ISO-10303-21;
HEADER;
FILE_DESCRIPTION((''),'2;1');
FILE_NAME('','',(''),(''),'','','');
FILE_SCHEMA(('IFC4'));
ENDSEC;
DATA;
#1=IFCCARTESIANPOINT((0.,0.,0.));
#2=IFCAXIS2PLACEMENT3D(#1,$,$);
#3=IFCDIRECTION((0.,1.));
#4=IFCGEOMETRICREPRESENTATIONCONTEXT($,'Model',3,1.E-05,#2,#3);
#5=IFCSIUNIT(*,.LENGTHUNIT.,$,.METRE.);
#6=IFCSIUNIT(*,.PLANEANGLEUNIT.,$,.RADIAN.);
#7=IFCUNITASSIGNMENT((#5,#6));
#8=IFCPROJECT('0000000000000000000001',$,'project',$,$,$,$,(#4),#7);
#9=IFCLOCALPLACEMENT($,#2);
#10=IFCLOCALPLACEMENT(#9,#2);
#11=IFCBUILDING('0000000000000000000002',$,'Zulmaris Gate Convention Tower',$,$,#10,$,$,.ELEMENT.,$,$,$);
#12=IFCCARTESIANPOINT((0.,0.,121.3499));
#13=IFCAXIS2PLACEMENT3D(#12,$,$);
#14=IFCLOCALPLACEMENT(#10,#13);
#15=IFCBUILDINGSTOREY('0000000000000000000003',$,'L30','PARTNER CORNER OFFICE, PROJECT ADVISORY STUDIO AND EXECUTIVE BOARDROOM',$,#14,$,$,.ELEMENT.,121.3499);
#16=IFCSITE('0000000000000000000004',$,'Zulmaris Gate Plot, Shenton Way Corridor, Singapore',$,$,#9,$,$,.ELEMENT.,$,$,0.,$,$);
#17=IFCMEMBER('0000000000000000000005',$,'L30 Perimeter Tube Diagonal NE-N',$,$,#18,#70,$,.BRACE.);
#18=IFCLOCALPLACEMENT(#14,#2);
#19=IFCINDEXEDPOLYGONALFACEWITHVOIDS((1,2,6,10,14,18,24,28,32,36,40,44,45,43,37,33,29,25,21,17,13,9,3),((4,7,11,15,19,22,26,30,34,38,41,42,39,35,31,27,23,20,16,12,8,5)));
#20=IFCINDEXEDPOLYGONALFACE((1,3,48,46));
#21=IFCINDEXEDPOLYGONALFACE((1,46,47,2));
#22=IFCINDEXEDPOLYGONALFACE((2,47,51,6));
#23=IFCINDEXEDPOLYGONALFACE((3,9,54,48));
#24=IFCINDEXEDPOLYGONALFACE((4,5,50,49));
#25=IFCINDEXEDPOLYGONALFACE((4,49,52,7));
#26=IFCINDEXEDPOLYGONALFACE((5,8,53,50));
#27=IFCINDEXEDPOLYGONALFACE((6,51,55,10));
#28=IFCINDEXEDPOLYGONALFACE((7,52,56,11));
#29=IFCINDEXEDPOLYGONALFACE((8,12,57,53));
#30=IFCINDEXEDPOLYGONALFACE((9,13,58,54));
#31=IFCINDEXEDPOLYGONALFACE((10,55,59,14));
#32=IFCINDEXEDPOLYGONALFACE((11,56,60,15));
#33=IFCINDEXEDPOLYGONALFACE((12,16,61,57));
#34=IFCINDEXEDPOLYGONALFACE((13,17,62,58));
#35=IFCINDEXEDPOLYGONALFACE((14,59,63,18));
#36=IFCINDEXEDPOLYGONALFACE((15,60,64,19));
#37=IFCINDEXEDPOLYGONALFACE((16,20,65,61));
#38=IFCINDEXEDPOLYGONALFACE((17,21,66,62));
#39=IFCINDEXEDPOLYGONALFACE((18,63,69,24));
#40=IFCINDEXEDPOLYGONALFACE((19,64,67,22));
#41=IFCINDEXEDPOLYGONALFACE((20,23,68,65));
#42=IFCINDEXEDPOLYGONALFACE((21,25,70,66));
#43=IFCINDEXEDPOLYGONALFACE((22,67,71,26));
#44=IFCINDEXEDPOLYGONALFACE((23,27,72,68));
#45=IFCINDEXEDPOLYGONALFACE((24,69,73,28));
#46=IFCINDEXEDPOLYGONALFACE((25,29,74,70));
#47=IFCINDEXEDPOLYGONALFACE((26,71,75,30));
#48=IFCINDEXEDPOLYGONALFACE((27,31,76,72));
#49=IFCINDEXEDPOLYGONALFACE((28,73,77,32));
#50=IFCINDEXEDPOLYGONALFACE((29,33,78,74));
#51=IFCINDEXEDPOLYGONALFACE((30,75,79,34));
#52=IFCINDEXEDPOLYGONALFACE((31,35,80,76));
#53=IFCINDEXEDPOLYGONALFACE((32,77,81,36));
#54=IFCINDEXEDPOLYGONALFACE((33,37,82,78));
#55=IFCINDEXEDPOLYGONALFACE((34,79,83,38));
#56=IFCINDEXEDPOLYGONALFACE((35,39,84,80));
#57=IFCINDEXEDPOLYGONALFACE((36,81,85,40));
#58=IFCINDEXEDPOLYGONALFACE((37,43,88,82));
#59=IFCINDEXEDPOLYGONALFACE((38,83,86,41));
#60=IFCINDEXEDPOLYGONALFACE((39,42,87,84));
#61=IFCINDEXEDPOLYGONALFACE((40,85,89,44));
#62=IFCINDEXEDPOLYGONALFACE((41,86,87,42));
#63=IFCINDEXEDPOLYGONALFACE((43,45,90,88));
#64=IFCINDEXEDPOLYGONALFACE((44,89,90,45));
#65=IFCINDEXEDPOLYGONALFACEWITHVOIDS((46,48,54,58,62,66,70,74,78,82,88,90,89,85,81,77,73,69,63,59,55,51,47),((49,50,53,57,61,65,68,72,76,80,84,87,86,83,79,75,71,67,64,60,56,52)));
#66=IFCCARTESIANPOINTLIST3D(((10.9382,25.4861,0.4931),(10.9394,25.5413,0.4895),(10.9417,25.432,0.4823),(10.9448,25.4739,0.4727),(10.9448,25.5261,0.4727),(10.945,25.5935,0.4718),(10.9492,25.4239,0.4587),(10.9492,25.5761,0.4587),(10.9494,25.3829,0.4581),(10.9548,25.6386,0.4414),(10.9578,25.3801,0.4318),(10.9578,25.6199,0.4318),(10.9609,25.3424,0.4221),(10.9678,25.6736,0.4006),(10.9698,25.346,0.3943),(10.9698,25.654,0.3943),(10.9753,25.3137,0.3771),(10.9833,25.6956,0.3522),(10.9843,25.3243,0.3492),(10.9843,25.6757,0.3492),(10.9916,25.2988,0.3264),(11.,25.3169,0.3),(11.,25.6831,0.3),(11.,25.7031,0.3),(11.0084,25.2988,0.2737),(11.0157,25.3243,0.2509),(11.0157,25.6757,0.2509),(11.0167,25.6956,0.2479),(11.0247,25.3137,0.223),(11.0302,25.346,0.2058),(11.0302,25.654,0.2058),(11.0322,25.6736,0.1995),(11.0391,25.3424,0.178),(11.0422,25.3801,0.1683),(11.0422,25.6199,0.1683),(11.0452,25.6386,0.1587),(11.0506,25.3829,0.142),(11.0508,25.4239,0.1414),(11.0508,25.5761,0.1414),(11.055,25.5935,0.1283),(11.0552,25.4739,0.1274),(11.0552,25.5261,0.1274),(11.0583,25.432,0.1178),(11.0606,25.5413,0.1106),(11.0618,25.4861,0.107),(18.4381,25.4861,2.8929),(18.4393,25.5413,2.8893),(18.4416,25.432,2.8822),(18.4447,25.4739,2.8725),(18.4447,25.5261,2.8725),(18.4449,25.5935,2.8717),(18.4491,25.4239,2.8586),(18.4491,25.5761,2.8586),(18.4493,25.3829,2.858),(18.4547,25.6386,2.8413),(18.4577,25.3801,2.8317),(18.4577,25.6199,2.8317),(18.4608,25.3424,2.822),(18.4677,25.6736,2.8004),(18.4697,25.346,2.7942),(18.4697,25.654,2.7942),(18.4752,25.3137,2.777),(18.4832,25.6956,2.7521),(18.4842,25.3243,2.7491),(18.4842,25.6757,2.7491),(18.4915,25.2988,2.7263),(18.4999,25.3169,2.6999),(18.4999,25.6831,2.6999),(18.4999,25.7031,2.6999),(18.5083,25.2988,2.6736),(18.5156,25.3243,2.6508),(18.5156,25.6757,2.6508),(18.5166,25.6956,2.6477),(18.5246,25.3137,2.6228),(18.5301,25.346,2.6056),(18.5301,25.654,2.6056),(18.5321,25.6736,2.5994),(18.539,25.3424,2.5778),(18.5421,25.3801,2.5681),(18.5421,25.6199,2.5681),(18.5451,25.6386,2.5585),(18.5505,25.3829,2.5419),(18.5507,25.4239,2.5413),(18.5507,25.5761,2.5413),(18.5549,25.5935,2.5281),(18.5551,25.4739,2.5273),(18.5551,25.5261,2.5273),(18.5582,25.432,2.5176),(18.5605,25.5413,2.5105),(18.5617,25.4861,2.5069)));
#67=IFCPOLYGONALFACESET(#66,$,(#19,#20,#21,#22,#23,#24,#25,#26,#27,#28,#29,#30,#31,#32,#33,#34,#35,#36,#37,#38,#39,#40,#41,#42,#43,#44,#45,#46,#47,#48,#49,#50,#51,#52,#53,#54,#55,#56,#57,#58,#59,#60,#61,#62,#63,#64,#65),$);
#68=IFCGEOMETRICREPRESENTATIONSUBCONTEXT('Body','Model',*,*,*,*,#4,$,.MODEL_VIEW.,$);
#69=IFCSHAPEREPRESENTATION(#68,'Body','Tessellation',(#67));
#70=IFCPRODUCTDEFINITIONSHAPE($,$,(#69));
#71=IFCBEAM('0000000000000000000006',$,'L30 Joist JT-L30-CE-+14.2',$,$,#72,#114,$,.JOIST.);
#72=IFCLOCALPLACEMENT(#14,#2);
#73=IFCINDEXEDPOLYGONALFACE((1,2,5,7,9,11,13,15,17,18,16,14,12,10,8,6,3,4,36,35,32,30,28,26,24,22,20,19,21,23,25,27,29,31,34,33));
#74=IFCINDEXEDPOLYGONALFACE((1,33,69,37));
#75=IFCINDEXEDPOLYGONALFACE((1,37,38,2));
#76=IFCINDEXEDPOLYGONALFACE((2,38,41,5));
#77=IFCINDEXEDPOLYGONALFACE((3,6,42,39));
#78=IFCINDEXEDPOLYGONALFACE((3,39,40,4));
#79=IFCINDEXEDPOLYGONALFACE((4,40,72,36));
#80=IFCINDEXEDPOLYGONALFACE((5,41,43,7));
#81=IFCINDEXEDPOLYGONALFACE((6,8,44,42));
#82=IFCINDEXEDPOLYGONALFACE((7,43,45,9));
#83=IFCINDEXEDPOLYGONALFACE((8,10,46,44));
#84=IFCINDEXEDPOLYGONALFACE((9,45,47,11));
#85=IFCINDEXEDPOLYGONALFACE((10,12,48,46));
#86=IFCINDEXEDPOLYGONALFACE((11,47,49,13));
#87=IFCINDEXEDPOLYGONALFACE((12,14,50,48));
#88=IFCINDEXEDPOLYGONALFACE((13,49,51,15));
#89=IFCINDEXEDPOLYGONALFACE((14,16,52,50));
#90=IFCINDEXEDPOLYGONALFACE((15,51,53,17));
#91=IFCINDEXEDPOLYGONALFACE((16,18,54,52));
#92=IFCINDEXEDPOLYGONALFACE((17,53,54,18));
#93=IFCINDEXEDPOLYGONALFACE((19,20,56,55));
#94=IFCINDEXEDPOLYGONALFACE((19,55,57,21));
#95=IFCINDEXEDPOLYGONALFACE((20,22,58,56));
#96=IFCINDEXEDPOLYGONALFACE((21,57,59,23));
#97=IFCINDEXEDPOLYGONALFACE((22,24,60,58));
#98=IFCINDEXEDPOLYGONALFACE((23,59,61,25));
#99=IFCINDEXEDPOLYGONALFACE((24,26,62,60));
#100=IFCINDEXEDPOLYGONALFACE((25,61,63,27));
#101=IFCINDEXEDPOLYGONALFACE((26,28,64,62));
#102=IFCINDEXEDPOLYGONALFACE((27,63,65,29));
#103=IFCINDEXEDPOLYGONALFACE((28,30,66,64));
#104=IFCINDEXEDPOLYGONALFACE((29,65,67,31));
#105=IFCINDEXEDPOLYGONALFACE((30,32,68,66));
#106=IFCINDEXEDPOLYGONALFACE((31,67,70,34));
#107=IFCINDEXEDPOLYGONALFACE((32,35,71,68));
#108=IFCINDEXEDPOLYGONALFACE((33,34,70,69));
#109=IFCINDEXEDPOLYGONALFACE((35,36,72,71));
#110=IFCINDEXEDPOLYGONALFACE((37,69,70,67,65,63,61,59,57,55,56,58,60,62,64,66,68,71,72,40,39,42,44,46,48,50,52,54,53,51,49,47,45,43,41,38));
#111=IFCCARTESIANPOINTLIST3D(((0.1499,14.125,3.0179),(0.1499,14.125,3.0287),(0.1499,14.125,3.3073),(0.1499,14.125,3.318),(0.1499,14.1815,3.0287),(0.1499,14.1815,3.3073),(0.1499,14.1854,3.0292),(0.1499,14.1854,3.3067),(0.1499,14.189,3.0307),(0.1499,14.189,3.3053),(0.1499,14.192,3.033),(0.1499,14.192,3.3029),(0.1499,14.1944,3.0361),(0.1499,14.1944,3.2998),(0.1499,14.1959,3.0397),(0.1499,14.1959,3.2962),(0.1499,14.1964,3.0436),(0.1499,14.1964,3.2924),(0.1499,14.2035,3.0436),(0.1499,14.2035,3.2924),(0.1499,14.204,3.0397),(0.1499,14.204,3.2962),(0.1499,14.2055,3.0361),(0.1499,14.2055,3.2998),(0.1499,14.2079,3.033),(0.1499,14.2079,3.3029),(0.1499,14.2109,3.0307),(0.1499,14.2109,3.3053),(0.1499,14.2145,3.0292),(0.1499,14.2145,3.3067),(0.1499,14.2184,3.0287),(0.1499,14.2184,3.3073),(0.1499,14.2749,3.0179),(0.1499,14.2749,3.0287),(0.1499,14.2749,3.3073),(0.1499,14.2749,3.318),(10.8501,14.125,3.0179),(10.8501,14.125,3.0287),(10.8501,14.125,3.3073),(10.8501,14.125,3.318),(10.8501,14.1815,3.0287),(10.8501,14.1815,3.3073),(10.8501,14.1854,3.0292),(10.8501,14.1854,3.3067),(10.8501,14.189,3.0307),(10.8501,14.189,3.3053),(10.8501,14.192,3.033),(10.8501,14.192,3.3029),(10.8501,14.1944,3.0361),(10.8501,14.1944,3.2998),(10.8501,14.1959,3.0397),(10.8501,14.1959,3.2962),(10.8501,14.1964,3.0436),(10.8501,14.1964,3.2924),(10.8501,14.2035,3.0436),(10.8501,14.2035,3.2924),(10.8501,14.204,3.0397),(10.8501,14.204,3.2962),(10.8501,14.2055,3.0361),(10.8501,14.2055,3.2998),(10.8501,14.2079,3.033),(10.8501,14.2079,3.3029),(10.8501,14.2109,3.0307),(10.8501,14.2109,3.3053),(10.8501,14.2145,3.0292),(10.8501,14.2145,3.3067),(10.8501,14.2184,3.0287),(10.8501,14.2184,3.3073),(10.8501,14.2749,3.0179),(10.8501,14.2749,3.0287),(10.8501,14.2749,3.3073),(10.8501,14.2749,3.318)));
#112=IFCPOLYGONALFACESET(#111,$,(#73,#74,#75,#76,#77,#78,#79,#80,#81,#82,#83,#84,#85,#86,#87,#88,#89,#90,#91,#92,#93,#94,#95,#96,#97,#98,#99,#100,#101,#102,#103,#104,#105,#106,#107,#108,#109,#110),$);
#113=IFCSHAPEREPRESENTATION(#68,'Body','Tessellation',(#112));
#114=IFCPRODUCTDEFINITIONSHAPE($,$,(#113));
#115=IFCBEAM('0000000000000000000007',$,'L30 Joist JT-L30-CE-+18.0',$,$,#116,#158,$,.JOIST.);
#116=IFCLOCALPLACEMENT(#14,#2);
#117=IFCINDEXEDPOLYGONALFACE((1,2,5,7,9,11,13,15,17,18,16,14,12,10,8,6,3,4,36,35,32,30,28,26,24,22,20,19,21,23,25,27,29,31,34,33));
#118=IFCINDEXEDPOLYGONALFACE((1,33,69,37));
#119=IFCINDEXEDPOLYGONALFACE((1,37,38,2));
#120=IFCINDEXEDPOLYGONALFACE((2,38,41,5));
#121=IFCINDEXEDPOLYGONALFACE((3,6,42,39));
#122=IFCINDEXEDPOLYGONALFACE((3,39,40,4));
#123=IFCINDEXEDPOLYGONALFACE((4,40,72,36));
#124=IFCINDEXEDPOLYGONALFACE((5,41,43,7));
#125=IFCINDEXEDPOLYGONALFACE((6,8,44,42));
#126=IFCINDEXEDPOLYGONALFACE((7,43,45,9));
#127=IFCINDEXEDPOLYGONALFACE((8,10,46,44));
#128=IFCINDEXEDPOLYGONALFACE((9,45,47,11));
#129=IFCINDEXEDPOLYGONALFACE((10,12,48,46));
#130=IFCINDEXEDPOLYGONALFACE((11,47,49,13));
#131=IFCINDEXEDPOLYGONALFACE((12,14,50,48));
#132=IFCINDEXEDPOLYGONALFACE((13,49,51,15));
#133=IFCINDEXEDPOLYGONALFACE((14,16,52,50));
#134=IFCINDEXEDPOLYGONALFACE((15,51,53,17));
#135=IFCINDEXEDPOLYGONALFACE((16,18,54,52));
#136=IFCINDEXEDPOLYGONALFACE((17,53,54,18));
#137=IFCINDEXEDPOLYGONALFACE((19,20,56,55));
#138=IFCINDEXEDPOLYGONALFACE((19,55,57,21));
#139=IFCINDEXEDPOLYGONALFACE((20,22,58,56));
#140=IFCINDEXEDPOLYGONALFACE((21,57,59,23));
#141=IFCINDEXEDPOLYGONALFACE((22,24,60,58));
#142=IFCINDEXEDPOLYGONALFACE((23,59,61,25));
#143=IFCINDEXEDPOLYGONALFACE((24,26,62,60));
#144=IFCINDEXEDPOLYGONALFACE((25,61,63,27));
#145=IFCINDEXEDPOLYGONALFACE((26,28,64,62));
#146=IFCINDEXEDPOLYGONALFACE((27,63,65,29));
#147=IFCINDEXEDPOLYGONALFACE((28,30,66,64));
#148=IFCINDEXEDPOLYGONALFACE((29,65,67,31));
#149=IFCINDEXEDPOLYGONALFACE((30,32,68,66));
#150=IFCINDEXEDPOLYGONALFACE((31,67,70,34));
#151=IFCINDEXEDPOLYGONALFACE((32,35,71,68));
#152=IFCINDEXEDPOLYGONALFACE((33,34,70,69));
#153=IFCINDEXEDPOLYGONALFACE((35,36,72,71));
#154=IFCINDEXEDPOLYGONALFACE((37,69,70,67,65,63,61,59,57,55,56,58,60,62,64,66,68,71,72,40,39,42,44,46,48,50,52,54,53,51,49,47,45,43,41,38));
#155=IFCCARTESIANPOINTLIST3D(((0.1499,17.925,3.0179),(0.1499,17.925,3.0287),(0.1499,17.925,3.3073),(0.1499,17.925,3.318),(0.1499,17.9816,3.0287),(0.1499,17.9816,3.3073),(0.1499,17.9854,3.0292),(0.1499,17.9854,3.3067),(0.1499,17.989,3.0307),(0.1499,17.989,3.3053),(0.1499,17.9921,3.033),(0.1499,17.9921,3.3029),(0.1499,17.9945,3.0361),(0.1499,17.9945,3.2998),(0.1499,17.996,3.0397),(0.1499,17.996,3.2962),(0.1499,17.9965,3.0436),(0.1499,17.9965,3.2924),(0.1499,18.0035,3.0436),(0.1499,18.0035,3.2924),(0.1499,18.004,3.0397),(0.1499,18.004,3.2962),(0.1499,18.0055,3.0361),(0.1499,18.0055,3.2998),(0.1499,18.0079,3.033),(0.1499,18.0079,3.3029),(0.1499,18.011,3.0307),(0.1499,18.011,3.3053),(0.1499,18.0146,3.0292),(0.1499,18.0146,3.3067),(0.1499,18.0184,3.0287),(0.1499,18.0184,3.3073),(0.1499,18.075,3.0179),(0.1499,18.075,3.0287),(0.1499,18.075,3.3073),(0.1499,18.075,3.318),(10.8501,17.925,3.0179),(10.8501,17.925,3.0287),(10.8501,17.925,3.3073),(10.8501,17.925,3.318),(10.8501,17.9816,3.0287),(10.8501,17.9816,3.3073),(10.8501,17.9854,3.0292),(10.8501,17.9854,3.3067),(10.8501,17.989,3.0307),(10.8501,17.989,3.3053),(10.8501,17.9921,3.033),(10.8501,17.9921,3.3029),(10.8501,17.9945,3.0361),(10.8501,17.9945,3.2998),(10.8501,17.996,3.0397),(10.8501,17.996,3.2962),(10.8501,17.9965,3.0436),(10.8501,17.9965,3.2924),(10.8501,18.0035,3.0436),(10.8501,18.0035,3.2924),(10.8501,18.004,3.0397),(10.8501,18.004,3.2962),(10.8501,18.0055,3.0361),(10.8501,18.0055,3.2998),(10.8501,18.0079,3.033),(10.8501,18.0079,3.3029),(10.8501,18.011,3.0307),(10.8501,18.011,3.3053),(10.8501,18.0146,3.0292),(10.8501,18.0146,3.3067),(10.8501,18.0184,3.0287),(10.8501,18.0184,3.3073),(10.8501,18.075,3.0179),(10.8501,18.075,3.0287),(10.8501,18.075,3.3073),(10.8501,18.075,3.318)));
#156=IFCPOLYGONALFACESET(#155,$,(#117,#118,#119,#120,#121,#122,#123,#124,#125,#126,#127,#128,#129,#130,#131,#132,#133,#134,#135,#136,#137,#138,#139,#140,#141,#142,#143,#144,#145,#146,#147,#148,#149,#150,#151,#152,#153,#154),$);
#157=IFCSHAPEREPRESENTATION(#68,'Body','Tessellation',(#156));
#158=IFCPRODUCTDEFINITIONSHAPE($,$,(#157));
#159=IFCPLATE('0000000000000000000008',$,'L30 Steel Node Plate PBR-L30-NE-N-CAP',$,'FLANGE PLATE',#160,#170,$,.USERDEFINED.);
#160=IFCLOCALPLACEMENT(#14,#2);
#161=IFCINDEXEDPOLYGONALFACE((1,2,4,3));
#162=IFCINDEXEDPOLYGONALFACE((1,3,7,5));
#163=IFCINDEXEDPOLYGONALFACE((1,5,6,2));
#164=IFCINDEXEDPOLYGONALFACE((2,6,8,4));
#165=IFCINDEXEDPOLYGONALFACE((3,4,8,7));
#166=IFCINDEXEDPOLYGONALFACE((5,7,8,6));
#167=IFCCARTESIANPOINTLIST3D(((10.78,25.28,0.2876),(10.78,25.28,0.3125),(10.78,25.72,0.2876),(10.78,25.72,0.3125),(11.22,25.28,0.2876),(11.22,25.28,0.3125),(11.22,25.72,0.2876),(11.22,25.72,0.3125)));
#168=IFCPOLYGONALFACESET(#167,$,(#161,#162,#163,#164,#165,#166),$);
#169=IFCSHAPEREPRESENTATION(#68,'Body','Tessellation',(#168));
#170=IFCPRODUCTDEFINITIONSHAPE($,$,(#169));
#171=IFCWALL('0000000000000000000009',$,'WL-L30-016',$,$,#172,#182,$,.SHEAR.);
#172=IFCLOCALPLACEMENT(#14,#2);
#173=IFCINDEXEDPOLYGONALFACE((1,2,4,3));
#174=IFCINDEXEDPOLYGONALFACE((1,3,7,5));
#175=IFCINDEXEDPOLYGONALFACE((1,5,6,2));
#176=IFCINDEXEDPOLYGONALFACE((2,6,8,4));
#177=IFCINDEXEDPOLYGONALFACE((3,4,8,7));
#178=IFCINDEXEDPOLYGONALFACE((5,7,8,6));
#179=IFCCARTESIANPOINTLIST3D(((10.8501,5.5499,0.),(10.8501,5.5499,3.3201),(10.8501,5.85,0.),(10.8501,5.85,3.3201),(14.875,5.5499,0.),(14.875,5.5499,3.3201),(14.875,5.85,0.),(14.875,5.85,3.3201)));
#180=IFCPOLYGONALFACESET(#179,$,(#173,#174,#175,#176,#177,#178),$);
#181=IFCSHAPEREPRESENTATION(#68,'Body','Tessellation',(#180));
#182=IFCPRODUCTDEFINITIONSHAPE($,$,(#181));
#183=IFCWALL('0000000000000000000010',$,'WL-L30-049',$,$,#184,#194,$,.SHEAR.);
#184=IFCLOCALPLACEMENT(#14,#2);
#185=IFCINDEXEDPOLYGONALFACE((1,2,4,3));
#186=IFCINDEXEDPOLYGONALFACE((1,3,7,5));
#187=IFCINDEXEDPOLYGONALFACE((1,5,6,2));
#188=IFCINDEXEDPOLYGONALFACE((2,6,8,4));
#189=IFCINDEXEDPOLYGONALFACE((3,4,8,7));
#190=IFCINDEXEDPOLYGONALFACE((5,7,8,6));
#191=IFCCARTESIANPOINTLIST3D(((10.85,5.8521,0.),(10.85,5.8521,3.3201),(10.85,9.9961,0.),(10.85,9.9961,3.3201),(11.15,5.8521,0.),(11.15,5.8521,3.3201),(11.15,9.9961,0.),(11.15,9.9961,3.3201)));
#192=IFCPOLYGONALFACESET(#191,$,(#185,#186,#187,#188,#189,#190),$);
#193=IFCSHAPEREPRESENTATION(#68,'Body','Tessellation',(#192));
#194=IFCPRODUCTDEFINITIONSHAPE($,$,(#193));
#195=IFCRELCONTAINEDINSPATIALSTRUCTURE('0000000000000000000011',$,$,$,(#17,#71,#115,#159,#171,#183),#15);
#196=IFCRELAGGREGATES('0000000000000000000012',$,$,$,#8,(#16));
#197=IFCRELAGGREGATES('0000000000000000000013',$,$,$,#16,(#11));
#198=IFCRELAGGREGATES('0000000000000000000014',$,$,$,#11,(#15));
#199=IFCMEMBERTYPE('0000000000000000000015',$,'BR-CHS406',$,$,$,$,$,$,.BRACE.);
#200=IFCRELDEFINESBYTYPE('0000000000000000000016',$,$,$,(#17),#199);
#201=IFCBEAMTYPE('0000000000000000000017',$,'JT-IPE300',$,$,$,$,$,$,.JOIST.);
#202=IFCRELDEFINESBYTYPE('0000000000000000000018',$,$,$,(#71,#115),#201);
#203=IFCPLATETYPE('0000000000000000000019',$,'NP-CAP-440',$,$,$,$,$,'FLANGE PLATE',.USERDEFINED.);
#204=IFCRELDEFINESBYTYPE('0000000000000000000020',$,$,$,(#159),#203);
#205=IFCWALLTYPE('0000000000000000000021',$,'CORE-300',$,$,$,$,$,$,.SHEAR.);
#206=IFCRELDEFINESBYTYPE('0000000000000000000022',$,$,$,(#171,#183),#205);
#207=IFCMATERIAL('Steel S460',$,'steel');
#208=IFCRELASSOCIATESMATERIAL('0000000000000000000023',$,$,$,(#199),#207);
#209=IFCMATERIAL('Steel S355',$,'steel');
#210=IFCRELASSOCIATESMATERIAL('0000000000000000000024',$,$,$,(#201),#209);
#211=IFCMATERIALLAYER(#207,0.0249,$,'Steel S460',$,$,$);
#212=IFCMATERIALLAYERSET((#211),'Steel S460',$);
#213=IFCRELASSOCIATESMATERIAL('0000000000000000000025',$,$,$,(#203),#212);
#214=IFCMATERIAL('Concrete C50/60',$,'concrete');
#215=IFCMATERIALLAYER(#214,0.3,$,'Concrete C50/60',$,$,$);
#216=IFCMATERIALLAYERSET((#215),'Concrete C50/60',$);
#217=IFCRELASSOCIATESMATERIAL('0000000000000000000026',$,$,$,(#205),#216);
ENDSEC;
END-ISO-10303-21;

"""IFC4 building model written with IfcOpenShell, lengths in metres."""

from ifc_helpers import new_model, si_unit, direction, frame, frame_2d, origin, origin_2d, place, context, subcontext, project, spatial, rectangle, hollow_circle, i_section, extrude, material, layer, layer_set, material_profile, profile_set, type_object, element, save


model = new_model("IFC4")

# Units and contexts
model_context = context("Model", 3, precision=1e-05, world=origin(), true_north=direction((0.0, 1.0)))
body_context = subcontext(model_context, "Body", "Model", "MODEL_VIEW")
ifc_project = project(units=[si_unit("LENGTHUNIT", "METRE"), si_unit("PLANEANGLEUNIT", "RADIAN")], contexts=[model_context])

# Site, building, storey
site_placement = place(None, origin())
site = spatial("IfcSite", under=ifc_project, at=site_placement, Name="Zulmaris Gate Plot, Shenton Way Corridor, Singapore", CompositionType="ELEMENT", RefElevation=0.0)
building_placement = place(site_placement, origin())
building = spatial("IfcBuilding", under=site, at=building_placement, Name="Zulmaris Gate Convention Tower", CompositionType="ELEMENT")
storey_placement = place(building_placement, frame((0.0, 0.0, 121.3499)))
storey = spatial("IfcBuildingStorey", under=building, at=storey_placement, Name="L30", Description="PARTNER CORNER OFFICE, PROJECT ADVISORY STUDIO AND EXECUTIVE BOARDROOM", CompositionType="ELEMENT", Elevation=121.3499)

# Shared definitions
ifc_material_1 = material(Name="Steel S355", Category="steel")

# Member
ifc_material_2 = material(Name="Steel S460", Category="steel")
ifc_material_profile_1 = material_profile(ifc_material_2, hollow_circle(Radius=0.2031, WallThickness=0.02, at=origin_2d()), Name="CHS 406.4x20")
ifc_profile_set_1 = profile_set([ifc_material_profile_1], Name="Steel S460")
member_type = type_object("IfcMemberType", Name="BR-CHS406", PredefinedType="BRACE", material=ifc_profile_set_1)
member_placement = place(storey_placement, frame((11.0, 25.5, 0.3), z_axis=(0.952428, 0.0, 0.304764), x_axis=(0.0, 1.0, 0.0)))
element("IfcMember", 1, at=member_placement, inside=storey, type_object=member_type, Name="L30 Perimeter Tube Diagonal NE-N", PredefinedType="BRACE", context=body_context, shape_type="SweptSolid", body=[
    extrude(hollow_circle(Radius=0.2031, WallThickness=0.02, at=origin_2d()), origin(), (0.0, 0.0, 1.0), 7.8745),
])

# Beams
ifc_material_profile_2 = material_profile(ifc_material_1, i_section(OverallWidth=0.1499, OverallDepth=0.3, WebThickness=0.0071, FlangeThickness=0.0107, FilletRadius=0.0149, at=origin_2d()), Name="IPE 300")
ifc_profile_set_2 = profile_set([ifc_material_profile_2], Name="Steel S355")
beam_type_1 = type_object("IfcBeamType", Name="JT-IPE300", PredefinedType="JOIST", material=ifc_profile_set_2)
for number, where, z_axis, x_axis, name in (
    (2, (0.1499, 14.2, 3.168), (1.0, 0.0, 0.0), (0.0, 1.0, 0.0), "L30 Joist JT-L30-CE-+14.2"),
    (3, (0.1499, 18.0, 3.168), (1.0, 0.0, 0.0), (0.0, 1.0, 0.0), "L30 Joist JT-L30-CE-+18.0"),
):
    element("IfcBeam", number, at=place(storey_placement, frame(where, z_axis=z_axis, x_axis=x_axis)), inside=storey, type_object=beam_type_1, Name=name, PredefinedType="JOIST", context=body_context, shape_type="SweptSolid", body=[
        extrude(i_section(OverallWidth=0.1499, OverallDepth=0.3, WebThickness=0.0071, FlangeThickness=0.0107, FilletRadius=0.0149, at=origin_2d()), origin(), (0.0, 0.0, 1.0), 10.7002),
    ])

# Plate
ifc_layer_1 = layer(ifc_material_2, 0.0249, Name="Steel S460")
ifc_layer_set_1 = layer_set([ifc_layer_1], Name="Steel S460")
plate_type = type_object("IfcPlateType", Name="NP-CAP-440", ElementType="FLANGE PLATE", PredefinedType="USERDEFINED", material=ifc_layer_set_1)
plate_placement = place(storey_placement, frame((11.0, 25.5, 0.2876), z_axis=(0.0, 0.0, 1.0), x_axis=(1.0, 0.0, 0.0)))
element("IfcPlate", 4, at=plate_placement, inside=storey, type_object=plate_type, Name="L30 Steel Node Plate PBR-L30-NE-N-CAP", ObjectType="FLANGE PLATE", PredefinedType="USERDEFINED", context=body_context, shape_type="SweptSolid", body=[
    extrude(rectangle(XDim=0.4399, YDim=0.4399, at=origin_2d()), origin(), (0.0, 0.0, 1.0), 0.0249),
])

# Wall
ifc_material_3 = material(Name="Concrete C50/60", Category="concrete")
ifc_layer_2 = layer(ifc_material_3, 0.3, Name="Concrete C50/60")
ifc_layer_set_2 = layer_set([ifc_layer_2], Name="Concrete C50/60")
wall_type_1 = type_object("IfcWallType", Name="CORE-300", PredefinedType="SHEAR", material=ifc_layer_set_2)
wall_1_placement = place(storey_placement, frame((10.8501, 5.7, 0.0), z_axis=(0.0, 0.0, 1.0), x_axis=(1.0, 0.0, 0.0)))
element("IfcWall", 5, at=wall_1_placement, inside=storey, type_object=wall_type_1, Name="WL-L30-016", PredefinedType="SHEAR", context=body_context, shape_type="SweptSolid", body=[
    extrude(rectangle(XDim=4.0249, YDim=0.3, at=frame_2d((2.0125, 0.0))), origin(), (0.0, 0.0, 1.0), 3.3201),
])

# Wall
wall_2_placement = place(storey_placement, frame((11.0, 5.8521, 0.0), z_axis=(0.0, 0.0, 1.0), x_axis=(0.0, 1.0, 0.0)))
element("IfcWall", 6, at=wall_2_placement, inside=storey, type_object=wall_type_1, Name="WL-L30-049", PredefinedType="SHEAR", context=body_context, shape_type="SweptSolid", body=[
    extrude(rectangle(XDim=4.144, YDim=0.3, at=frame_2d((2.072, 0.0))), origin(), (0.0, 0.0, 1.0), 3.3201),
])

save(model, "model.ifc")
